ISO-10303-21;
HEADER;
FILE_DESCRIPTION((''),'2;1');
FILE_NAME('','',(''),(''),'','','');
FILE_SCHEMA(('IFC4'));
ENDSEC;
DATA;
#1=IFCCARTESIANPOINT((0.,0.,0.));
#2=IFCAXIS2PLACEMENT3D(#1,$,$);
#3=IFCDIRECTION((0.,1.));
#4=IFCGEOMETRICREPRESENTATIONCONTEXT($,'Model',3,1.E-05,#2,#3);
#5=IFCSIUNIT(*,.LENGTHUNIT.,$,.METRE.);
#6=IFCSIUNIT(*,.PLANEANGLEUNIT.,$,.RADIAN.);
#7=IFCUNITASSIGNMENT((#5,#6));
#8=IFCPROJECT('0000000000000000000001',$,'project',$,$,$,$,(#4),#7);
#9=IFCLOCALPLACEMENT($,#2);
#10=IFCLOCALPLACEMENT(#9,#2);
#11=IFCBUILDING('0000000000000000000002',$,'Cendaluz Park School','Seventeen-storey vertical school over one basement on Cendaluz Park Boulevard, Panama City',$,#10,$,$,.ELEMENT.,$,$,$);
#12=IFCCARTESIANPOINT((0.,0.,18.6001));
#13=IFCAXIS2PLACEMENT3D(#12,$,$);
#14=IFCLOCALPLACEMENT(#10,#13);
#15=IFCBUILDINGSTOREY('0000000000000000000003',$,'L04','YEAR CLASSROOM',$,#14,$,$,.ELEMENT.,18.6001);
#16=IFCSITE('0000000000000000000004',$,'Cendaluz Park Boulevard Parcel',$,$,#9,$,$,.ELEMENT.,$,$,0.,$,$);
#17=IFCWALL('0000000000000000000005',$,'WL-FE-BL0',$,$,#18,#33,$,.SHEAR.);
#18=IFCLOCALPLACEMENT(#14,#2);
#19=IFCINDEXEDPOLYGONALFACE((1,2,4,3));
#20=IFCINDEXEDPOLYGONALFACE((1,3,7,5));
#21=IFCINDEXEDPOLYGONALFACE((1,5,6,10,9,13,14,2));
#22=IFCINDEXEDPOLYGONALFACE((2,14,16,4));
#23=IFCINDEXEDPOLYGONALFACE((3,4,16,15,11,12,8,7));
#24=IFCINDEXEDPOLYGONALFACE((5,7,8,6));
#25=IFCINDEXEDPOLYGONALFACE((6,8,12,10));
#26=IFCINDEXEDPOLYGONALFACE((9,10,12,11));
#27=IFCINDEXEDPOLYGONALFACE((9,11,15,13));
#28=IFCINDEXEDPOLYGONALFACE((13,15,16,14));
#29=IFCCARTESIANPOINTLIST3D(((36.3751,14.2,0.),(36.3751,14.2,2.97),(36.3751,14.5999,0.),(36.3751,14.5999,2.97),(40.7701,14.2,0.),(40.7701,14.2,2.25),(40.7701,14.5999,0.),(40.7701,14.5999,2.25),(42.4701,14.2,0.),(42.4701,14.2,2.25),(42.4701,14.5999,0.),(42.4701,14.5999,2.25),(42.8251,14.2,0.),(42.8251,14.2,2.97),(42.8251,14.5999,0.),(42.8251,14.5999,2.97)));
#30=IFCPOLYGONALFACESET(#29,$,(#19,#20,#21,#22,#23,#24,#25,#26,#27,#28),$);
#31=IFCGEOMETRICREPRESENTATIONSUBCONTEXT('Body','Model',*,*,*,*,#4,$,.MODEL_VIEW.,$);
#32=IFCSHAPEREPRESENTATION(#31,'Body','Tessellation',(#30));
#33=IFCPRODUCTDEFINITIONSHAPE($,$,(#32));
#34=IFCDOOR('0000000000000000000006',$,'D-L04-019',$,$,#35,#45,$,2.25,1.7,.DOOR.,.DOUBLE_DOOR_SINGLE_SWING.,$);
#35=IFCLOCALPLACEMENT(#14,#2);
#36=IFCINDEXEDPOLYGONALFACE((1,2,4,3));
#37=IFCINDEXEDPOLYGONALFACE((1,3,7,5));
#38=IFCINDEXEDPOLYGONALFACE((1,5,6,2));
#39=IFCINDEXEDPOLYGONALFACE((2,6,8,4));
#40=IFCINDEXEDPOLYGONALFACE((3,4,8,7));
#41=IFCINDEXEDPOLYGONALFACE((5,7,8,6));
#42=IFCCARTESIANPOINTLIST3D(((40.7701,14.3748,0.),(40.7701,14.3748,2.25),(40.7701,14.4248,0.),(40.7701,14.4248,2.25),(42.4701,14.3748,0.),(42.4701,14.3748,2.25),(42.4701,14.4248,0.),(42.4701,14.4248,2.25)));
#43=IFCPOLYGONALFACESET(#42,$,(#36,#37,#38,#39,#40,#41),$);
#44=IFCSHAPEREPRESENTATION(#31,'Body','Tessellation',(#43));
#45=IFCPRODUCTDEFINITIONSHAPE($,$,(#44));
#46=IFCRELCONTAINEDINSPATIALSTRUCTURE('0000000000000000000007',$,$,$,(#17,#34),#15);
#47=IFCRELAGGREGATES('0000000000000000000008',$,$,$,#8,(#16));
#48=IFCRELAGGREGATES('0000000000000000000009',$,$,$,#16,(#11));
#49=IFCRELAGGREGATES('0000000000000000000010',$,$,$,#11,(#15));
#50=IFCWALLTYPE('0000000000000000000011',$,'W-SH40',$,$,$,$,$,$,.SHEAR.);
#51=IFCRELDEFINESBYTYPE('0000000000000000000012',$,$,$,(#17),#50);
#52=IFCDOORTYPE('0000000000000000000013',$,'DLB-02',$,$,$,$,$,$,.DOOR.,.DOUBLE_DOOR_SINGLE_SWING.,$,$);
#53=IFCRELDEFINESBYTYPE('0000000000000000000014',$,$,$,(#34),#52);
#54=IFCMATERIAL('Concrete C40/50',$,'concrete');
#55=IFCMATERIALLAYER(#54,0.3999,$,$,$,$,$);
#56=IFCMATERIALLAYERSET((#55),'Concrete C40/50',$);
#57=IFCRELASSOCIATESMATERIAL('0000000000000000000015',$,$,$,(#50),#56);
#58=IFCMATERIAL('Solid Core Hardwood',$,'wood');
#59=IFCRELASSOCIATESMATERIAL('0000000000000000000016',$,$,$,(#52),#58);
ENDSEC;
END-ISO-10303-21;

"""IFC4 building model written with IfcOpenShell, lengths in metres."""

from ifc_helpers import new_model, si_unit, direction, frame, frame_2d, origin, place, context, subcontext, project, spatial, rectangle, extrude, material, layer, layer_set, type_object, element, fill, save


model = new_model("IFC4")

# Units and contexts
model_context = context("Model", 3, precision=1e-05, world=origin(), true_north=direction((0.0, 1.0)))
body_context = subcontext(model_context, "Body", "Model", "MODEL_VIEW")
ifc_project = project(units=[si_unit("LENGTHUNIT", "METRE"), si_unit("PLANEANGLEUNIT", "RADIAN")], contexts=[model_context])

# Site, building, storey
site_placement = place(None, origin())
site = spatial("IfcSite", under=ifc_project, at=site_placement, Name="Cendaluz Park Boulevard Parcel", CompositionType="ELEMENT", RefElevation=0.0)
building_placement = place(site_placement, origin())
building = spatial("IfcBuilding", under=site, at=building_placement, Name="Cendaluz Park School", Description="Seventeen-storey vertical school over one basement on Cendaluz Park Boulevard, Panama City", CompositionType="ELEMENT")
storey_placement = place(building_placement, frame((0.0, 0.0, 18.6001)))
storey = spatial("IfcBuildingStorey", under=building, at=storey_placement, Name="L04", Description="YEAR CLASSROOM", CompositionType="ELEMENT", Elevation=18.6001)

# Shared definitions
ifc_material_1 = material(Name="Concrete C40/50", Category="concrete")

# Wall, opening, door
ifc_material_2 = material(Name="Solid Core Hardwood", Category="wood")
ifc_layer_1 = layer(ifc_material_1, 0.3999)
ifc_layer_set_1 = layer_set([ifc_layer_1], Name="Concrete C40/50")
wall_type_1 = type_object("IfcWallType", Name="W-SH40", PredefinedType="SHEAR", material=ifc_layer_set_1)
wall_1_placement = place(storey_placement, frame((36.375, 14.3999, 0.0), z_axis=(0.0, 0.0, 1.0), x_axis=(1.0, 0.0, 0.0)))
wall_1 = element("IfcWall", 1, at=wall_1_placement, inside=storey, type_object=wall_type_1, Name="WL-FE-BL0", PredefinedType="SHEAR", context=body_context, shape_type="SweptSolid", body=[
    extrude(rectangle(XDim=6.45, YDim=0.3999, at=frame_2d((3.2251, 0.0))), origin(), (0.0, 0.0, 1.0), 2.97),
])
opening_1_placement = place(wall_1_placement, frame((4.395, 0.0, 0.0)))
opening_1 = element("IfcOpeningElement", 2, at=opening_1_placement, cuts=wall_1, PredefinedType="OPENING", context=body_context, shape_type="SweptSolid", body=[
    extrude(rectangle(XDim=1.7, YDim=2.25, at=frame_2d((0.8501, 1.125))), frame((0.0, 0.2119, 0.0), z_axis=(0.0, -1.0, 0.0), x_axis=(1.0, 0.0, 0.0)), (0.0, 0.0, 1.0), 0.4238),
])
door_type_1 = type_object("IfcDoorType", Name="DLB-02", OperationType="DOUBLE_DOOR_SINGLE_SWING", PredefinedType="DOOR", material=ifc_material_2)
door_1_placement = place(opening_1_placement, origin())
door_1 = element("IfcDoor", 3, at=door_1_placement, inside=storey, type_object=door_type_1, Name="D-L04-019", OperationType="DOUBLE_DOOR_SINGLE_SWING", OverallHeight=2.25, OverallWidth=1.7, PredefinedType="DOOR", context=body_context, shape_type="SweptSolid", body=[
    extrude(rectangle(XDim=1.7, YDim=2.25, at=frame_2d((0.8501, 1.125))), frame((0.0, 0.0249, 0.0), z_axis=(0.0, -1.0, 0.0), x_axis=(1.0, 0.0, 0.0)), (0.0, 0.0, 1.0), 0.05),
])
fill(opening_1, door_1)

save(model, "model.ifc")
